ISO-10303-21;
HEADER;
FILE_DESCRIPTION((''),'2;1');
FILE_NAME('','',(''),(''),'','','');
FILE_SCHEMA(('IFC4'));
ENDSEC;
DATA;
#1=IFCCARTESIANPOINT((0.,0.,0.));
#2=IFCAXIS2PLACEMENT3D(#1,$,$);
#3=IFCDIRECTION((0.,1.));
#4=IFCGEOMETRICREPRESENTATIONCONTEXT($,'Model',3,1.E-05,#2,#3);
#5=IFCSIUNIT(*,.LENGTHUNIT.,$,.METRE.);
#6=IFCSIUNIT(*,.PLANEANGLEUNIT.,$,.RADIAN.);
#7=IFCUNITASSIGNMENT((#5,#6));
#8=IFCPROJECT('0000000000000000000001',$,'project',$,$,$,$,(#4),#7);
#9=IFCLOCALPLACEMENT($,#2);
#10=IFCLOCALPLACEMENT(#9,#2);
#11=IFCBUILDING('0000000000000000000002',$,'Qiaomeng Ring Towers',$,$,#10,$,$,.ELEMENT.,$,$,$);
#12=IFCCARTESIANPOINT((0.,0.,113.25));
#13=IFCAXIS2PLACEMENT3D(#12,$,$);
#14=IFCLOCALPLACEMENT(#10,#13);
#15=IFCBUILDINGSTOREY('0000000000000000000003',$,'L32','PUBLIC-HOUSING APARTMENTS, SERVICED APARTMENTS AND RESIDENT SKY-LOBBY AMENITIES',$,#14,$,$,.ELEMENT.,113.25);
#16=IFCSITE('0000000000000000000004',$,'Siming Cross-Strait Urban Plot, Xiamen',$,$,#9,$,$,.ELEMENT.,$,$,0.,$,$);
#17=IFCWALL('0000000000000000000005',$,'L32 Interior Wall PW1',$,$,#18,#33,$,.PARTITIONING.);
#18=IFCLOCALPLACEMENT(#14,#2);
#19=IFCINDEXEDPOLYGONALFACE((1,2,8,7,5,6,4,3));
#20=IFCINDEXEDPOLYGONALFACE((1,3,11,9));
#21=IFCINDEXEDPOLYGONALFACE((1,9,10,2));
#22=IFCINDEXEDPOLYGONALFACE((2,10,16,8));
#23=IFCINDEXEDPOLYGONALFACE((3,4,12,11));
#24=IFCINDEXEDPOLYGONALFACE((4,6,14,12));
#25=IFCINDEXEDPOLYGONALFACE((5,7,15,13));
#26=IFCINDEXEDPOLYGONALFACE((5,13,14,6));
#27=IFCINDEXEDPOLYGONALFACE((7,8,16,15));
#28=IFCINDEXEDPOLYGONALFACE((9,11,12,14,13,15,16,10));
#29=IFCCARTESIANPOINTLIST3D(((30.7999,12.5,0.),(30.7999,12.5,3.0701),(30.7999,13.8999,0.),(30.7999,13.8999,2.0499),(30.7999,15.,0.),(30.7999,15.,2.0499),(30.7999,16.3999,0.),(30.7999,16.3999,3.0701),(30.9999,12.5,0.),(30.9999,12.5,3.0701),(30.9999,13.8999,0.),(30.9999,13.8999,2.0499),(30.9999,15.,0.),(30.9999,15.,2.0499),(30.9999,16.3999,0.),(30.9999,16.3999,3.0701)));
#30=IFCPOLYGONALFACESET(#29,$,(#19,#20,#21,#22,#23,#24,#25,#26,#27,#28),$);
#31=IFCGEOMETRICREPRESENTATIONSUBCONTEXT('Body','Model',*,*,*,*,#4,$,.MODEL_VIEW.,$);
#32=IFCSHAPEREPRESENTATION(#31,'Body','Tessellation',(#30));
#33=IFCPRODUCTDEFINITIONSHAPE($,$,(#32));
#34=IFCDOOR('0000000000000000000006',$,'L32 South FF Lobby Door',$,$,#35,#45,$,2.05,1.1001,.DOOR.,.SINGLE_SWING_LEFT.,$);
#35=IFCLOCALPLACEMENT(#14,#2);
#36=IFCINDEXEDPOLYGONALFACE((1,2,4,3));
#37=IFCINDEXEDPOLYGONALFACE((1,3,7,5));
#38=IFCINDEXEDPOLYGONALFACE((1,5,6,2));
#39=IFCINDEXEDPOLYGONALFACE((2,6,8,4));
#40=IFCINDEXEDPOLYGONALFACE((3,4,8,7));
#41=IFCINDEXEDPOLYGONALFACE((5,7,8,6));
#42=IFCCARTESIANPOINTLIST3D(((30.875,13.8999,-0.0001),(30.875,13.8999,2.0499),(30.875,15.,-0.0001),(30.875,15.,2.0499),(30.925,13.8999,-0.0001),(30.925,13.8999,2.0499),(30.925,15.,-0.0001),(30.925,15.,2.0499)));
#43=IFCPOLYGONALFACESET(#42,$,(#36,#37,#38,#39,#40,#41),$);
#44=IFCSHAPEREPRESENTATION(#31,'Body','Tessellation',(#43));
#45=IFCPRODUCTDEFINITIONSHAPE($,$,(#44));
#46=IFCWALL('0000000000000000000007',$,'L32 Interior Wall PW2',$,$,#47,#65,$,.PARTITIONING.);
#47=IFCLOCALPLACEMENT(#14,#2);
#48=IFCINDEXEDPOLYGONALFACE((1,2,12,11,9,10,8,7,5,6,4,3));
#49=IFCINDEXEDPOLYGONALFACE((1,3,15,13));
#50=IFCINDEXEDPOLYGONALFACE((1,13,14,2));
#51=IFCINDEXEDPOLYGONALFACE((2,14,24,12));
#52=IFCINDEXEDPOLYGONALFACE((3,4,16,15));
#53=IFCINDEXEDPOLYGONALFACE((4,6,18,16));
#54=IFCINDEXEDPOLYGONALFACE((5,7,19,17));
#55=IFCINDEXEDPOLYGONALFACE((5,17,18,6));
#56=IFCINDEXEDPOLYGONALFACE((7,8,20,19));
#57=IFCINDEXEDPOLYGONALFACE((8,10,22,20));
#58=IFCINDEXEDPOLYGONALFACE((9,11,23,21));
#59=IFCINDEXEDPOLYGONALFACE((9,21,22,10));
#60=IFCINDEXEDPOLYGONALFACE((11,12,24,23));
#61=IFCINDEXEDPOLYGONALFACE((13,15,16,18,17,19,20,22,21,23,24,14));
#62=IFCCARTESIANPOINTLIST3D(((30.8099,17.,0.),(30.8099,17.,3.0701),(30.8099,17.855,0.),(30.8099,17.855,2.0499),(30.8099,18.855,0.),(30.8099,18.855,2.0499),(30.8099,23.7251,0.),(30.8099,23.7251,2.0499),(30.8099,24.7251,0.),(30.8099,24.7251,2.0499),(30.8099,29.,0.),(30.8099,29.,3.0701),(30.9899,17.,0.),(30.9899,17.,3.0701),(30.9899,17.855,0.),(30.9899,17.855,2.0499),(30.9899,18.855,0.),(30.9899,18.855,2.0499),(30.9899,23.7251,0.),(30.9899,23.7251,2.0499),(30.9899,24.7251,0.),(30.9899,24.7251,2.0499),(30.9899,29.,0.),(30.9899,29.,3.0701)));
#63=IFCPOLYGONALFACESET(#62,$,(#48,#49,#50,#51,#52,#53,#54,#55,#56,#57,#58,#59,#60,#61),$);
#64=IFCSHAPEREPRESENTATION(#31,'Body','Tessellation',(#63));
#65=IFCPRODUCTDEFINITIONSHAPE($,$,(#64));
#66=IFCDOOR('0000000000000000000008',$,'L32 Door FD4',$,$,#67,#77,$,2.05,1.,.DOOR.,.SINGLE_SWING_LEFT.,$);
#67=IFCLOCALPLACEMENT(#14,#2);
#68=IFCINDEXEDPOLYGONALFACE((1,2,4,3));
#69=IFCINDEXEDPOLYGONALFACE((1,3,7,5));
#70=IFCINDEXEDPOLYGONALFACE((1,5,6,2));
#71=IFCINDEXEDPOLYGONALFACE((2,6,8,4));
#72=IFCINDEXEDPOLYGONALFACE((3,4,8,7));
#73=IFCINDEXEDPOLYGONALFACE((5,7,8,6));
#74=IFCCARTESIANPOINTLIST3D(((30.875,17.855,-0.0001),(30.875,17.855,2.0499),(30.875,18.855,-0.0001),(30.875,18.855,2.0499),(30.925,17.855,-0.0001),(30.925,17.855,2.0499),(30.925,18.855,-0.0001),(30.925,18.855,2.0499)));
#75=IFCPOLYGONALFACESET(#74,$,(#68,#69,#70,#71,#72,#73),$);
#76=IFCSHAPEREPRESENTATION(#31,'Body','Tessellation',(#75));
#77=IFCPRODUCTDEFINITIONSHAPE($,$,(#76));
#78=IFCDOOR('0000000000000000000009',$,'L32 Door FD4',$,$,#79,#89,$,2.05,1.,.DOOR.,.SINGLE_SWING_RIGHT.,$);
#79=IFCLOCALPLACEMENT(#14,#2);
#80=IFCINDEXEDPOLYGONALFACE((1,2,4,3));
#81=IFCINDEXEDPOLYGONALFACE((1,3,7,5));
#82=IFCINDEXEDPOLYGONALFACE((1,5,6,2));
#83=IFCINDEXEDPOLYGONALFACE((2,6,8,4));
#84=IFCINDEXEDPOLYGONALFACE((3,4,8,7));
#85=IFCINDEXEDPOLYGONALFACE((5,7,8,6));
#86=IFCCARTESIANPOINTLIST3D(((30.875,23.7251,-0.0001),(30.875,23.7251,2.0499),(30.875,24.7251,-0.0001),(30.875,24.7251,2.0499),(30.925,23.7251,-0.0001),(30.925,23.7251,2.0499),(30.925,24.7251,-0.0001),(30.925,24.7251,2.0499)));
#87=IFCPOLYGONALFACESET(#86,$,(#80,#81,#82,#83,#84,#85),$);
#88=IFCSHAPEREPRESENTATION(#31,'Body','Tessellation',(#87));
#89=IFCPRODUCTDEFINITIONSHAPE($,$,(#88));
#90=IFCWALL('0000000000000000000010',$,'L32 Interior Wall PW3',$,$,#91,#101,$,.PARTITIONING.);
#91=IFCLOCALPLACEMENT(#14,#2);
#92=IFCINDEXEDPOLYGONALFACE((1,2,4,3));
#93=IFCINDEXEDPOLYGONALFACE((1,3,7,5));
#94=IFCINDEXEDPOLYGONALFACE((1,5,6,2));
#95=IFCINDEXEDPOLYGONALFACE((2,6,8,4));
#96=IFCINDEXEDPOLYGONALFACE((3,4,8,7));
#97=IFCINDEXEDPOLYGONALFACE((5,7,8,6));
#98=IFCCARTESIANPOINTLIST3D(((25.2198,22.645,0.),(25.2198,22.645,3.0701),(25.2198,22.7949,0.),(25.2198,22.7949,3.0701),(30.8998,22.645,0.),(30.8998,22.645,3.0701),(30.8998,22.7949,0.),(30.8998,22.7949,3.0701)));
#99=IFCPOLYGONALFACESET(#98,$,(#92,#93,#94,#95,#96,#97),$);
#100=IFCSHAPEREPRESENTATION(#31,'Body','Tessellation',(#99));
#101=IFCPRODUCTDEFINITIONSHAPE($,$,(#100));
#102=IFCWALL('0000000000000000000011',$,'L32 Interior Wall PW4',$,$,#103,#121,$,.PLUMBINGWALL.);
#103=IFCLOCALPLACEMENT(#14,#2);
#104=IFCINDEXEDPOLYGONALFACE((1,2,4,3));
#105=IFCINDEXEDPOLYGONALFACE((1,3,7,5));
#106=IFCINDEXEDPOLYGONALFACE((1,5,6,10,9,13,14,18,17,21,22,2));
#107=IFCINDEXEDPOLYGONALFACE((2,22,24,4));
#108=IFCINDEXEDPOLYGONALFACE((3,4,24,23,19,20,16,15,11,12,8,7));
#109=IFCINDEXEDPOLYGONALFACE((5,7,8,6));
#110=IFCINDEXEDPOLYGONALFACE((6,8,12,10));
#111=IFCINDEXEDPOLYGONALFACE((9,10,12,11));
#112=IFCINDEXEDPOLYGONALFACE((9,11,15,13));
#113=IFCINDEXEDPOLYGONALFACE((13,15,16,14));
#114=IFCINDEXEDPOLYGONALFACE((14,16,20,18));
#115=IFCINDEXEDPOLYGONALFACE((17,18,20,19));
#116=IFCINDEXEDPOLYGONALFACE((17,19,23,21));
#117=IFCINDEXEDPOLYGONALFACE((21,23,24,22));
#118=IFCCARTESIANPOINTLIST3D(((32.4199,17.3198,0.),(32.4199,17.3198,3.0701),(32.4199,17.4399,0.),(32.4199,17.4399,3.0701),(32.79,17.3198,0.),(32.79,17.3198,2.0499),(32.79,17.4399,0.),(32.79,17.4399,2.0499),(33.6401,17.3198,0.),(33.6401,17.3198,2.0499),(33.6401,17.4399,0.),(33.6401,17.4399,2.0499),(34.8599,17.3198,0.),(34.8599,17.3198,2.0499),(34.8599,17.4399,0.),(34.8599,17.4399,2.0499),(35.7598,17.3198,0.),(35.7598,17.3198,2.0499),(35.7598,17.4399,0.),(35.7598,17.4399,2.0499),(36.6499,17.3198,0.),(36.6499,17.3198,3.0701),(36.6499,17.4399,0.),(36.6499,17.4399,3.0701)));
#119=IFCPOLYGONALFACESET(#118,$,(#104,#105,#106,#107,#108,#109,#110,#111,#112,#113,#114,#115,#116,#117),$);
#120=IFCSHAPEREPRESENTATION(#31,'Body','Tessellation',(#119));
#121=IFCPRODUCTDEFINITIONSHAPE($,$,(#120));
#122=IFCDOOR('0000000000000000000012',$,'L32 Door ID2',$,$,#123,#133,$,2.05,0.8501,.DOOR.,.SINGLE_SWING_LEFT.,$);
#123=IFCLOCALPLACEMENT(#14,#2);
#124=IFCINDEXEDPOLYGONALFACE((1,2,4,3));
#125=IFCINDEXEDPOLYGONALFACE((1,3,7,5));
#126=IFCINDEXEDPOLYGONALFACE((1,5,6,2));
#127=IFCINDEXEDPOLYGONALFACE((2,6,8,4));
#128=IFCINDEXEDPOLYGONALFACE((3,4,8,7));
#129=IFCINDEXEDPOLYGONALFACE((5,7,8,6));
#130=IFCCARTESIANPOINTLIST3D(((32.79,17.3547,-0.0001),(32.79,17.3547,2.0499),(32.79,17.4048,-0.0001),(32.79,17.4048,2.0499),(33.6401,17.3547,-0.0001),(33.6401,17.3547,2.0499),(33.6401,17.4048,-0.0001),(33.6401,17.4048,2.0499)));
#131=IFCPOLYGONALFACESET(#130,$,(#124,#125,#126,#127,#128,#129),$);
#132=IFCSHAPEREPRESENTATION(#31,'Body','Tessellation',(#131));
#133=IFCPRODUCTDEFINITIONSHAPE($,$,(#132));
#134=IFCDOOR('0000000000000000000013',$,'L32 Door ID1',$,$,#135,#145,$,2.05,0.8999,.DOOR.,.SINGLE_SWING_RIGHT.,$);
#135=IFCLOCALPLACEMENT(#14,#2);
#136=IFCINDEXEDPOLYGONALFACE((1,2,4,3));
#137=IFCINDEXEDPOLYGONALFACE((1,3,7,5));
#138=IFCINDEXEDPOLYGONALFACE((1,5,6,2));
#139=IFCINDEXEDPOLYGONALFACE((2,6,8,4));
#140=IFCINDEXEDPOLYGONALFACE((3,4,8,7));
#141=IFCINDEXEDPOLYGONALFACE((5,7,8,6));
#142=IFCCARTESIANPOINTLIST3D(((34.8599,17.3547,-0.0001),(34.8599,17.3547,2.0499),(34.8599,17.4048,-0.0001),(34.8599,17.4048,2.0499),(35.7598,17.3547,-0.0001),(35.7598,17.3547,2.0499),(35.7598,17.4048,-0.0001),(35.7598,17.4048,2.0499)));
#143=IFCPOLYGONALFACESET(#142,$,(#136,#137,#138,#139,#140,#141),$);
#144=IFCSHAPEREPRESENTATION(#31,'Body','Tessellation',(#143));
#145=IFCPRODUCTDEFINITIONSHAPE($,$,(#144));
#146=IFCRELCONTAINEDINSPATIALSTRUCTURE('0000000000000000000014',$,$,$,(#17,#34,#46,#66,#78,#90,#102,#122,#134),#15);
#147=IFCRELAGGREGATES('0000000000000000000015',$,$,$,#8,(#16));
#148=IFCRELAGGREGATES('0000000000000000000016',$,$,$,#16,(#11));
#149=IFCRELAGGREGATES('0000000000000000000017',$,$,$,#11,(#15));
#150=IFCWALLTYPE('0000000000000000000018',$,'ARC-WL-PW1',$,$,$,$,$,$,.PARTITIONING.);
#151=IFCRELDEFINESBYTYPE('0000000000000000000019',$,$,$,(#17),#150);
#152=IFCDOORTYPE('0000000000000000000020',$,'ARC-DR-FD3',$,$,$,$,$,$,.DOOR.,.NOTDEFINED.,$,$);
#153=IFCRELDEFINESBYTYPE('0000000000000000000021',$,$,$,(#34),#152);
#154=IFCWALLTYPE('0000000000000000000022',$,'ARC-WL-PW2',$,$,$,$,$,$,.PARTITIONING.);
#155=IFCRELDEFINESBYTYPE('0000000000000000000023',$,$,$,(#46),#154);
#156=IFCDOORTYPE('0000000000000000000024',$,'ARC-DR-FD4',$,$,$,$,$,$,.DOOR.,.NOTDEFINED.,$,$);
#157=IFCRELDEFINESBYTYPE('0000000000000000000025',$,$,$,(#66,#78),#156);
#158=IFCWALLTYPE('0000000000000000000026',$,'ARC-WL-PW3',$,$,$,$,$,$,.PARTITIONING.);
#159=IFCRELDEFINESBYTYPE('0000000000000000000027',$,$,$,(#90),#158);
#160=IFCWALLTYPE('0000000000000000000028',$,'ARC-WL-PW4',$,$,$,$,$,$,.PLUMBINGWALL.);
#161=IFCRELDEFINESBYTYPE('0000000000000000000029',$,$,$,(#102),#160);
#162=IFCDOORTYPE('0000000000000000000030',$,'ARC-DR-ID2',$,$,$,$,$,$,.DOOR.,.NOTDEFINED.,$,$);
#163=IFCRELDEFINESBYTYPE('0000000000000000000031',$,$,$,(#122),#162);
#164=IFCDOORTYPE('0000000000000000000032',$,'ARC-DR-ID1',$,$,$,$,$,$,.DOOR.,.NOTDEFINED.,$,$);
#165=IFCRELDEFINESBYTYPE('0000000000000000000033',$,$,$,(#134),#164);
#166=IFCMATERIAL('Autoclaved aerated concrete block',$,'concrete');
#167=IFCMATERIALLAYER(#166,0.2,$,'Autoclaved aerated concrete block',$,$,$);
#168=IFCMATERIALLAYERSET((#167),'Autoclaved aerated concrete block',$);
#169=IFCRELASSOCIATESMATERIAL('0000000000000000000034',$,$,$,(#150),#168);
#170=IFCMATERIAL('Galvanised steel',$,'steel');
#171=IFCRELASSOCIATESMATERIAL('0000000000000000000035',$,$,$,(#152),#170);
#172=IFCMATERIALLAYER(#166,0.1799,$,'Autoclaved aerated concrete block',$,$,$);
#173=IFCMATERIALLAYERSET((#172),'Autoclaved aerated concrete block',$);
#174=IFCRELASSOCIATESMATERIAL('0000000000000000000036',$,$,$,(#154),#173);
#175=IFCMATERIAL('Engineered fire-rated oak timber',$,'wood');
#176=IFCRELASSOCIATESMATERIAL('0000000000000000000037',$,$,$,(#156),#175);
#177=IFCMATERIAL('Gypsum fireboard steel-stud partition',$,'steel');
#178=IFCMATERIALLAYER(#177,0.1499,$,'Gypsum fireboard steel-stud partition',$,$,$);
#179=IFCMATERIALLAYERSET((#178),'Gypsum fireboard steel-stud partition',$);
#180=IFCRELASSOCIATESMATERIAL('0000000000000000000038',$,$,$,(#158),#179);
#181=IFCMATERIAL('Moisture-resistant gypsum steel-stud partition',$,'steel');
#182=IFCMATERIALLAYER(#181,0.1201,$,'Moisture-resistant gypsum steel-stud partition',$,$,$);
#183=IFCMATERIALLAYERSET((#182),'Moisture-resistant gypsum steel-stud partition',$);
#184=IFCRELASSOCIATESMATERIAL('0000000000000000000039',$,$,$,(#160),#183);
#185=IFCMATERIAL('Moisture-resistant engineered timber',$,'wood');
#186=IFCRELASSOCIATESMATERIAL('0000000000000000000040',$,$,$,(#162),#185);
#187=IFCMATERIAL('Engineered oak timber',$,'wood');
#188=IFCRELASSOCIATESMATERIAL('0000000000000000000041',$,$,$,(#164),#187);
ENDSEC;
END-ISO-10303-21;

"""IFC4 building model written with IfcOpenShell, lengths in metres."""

from ifc_helpers import new_model, si_unit, direction, frame, frame_2d, origin, place, context, subcontext, project, spatial, rectangle, extrude, source, transform, mapped, material, layer, layer_set, type_object, element, fill, save


model = new_model("IFC4")

# Units and contexts
model_context = context("Model", 3, precision=1e-05, world=origin(), true_north=direction((0.0, 1.0)))
body_context = subcontext(model_context, "Body", "Model", "MODEL_VIEW")
ifc_project = project(units=[si_unit("LENGTHUNIT", "METRE"), si_unit("PLANEANGLEUNIT", "RADIAN")], contexts=[model_context])

# Site, building, storey
site_placement = place(None, origin())
site = spatial("IfcSite", under=ifc_project, at=site_placement, Name="Siming Cross-Strait Urban Plot, Xiamen", CompositionType="ELEMENT", RefElevation=0.0)
building_placement = place(site_placement, origin())
building = spatial("IfcBuilding", under=site, at=building_placement, Name="Qiaomeng Ring Towers", CompositionType="ELEMENT")
storey_placement = place(building_placement, frame((0.0, 0.0, 113.25)))
storey = spatial("IfcBuildingStorey", under=building, at=storey_placement, Name="L32", Description="PUBLIC-HOUSING APARTMENTS, SERVICED APARTMENTS AND RESIDENT SKY-LOBBY AMENITIES", CompositionType="ELEMENT", Elevation=113.25)

# Shared definitions
ifc_material_1 = material(Name="Autoclaved aerated concrete block", Category="concrete")
ifc_layer_1 = layer(ifc_material_1, 0.2, Name="Autoclaved aerated concrete block")
ifc_layer_set_1 = layer_set([ifc_layer_1], Name="Autoclaved aerated concrete block")
wall_type_1 = type_object("IfcWallType", Name="ARC-WL-PW1", PredefinedType="PARTITIONING", material=ifc_layer_set_1)

# Wall, opening, door
wall_1_placement = place(storey_placement, frame((30.8999, 12.5, 0.0), z_axis=(0.0, 0.0, 1.0), x_axis=(0.0, 1.0, 0.0)))
wall_1 = element("IfcWall", 1, at=wall_1_placement, inside=storey, type_object=wall_type_1, Name="L32 Interior Wall PW1", PredefinedType="PARTITIONING", context=body_context, shape_type="SweptSolid", body=[
    extrude(rectangle(XDim=3.8999, YDim=0.2, at=frame_2d((1.95, 0.0))), origin(), (0.0, 0.0, 1.0), 3.0701),
])
opening_1_placement = place(wall_1_placement, frame((1.3999, 0.0, 0.0)))
opening_1 = element("IfcOpeningElement", 2, at=opening_1_placement, cuts=wall_1, PredefinedType="OPENING", context=body_context, shape_type="SweptSolid", body=[
    extrude(rectangle(XDim=1.1001, YDim=2.05, at=frame_2d((0.55, 1.0249))), frame((0.0, 0.1099, 0.0), z_axis=(0.0, -1.0, 0.0), x_axis=(1.0, 0.0, 0.0)), (0.0, 0.0, 1.0), 0.22),
])
ifc_material_2 = material(Name="Galvanised steel", Category="steel")
door_type_1 = type_object("IfcDoorType", Name="ARC-DR-FD3", OperationType="NOTDEFINED", PredefinedType="DOOR", material=ifc_material_2)
shared_shape_1 = source(origin(), body_context, "Body", "SweptSolid", [
    extrude(rectangle(XDim=1.1001, YDim=2.05, at=frame_2d((0.55, 1.0249))), frame((0.0, 0.0249, 0.0), z_axis=(0.0, -1.0, 0.0), x_axis=(1.0, 0.0, 0.0)), (0.0, 0.0, 1.0), 0.05),
])
door_1_placement = place(opening_1_placement, origin())
door_1 = element("IfcDoor", 3, at=door_1_placement, inside=storey, type_object=door_type_1, Name="L32 South FF Lobby Door", OperationType="SINGLE_SWING_LEFT", OverallHeight=2.05, OverallWidth=1.1001, PredefinedType="DOOR", context=body_context, shape_type="MappedRepresentation", body=[
    mapped(shared_shape_1, transform((0.0, 0.0, 0.0), x_axis=(1.0, 0.0, 0.0), y_axis=(0.0, 1.0, 0.0), z_axis=(0.0, 0.0, 1.0), scale=1.0)),
])
fill(opening_1, door_1)

# Wall, openings, doors
ifc_layer_2 = layer(ifc_material_1, 0.1799, Name="Autoclaved aerated concrete block")
ifc_layer_set_2 = layer_set([ifc_layer_2], Name="Autoclaved aerated concrete block")
wall_type_2 = type_object("IfcWallType", Name="ARC-WL-PW2", PredefinedType="PARTITIONING", material=ifc_layer_set_2)
wall_2_placement = place(storey_placement, frame((30.8999, 17.0, 0.0), z_axis=(0.0, 0.0, 1.0), x_axis=(0.0, 1.0, 0.0)))
wall_2 = element("IfcWall", 4, at=wall_2_placement, inside=storey, type_object=wall_type_2, Name="L32 Interior Wall PW2", PredefinedType="PARTITIONING", context=body_context, shape_type="SweptSolid", body=[
    extrude(rectangle(XDim=12.0, YDim=0.1799, at=frame_2d((6.0, 0.0))), origin(), (0.0, 0.0, 1.0), 3.0701),
])
opening_2_placement = place(wall_2_placement, frame((0.855, 0.0, 0.0)))
opening_2 = element("IfcOpeningElement", 5, at=opening_2_placement, cuts=wall_2, PredefinedType="OPENING", context=body_context, shape_type="SweptSolid", body=[
    extrude(rectangle(XDim=1.0, YDim=2.05, at=frame_2d((0.5, 1.0249))), frame((0.0, 0.0999, 0.0), z_axis=(0.0, -1.0, 0.0), x_axis=(1.0, 0.0, 0.0)), (0.0, 0.0, 1.0), 0.2),
])
opening_3_placement = place(wall_2_placement, frame((6.7251, 0.0, 0.0)))
opening_3 = element("IfcOpeningElement", 6, at=opening_3_placement, cuts=wall_2, PredefinedType="OPENING", context=body_context, shape_type="SweptSolid", body=[
    extrude(rectangle(XDim=1.0, YDim=2.05, at=frame_2d((0.5, 1.0249))), frame((0.0, 0.0999, 0.0), z_axis=(0.0, -1.0, 0.0), x_axis=(1.0, 0.0, 0.0)), (0.0, 0.0, 1.0), 0.2),
])
ifc_material_3 = material(Name="Engineered fire-rated oak timber", Category="wood")
door_type_2 = type_object("IfcDoorType", Name="ARC-DR-FD4", OperationType="NOTDEFINED", PredefinedType="DOOR", material=ifc_material_3)
shared_shape_2 = source(origin(), body_context, "Body", "SweptSolid", [
    extrude(rectangle(XDim=1.0, YDim=2.05, at=frame_2d((0.5, 1.0249))), frame((0.0, 0.0249, 0.0), z_axis=(0.0, -1.0, 0.0), x_axis=(1.0, 0.0, 0.0)), (0.0, 0.0, 1.0), 0.05),
])
door_2_placement = place(opening_2_placement, origin())
door_2 = element("IfcDoor", 7, at=door_2_placement, inside=storey, type_object=door_type_2, Name="L32 Door FD4", OperationType="SINGLE_SWING_LEFT", OverallHeight=2.05, OverallWidth=1.0, PredefinedType="DOOR", context=body_context, shape_type="MappedRepresentation", body=[
    mapped(shared_shape_2, transform((0.0, 0.0, 0.0), x_axis=(1.0, 0.0, 0.0), y_axis=(0.0, 1.0, 0.0), z_axis=(0.0, 0.0, 1.0), scale=1.0)),
])
fill(opening_2, door_2)
door_3_placement = place(opening_3_placement, origin())
door_3 = element("IfcDoor", 8, at=door_3_placement, inside=storey, type_object=door_type_2, Name="L32 Door FD4", OperationType="SINGLE_SWING_RIGHT", OverallHeight=2.05, OverallWidth=1.0, PredefinedType="DOOR", context=body_context, shape_type="MappedRepresentation", body=[
    mapped(shared_shape_2, transform((0.0, 0.0, 0.0), x_axis=(1.0, 0.0, 0.0), y_axis=(0.0, 1.0, 0.0), z_axis=(0.0, 0.0, 1.0), scale=1.0)),
])
fill(opening_3, door_3)

# Wall
ifc_material_4 = material(Name="Gypsum fireboard steel-stud partition", Category="steel")
ifc_layer_3 = layer(ifc_material_4, 0.1499, Name="Gypsum fireboard steel-stud partition")
ifc_layer_set_3 = layer_set([ifc_layer_3], Name="Gypsum fireboard steel-stud partition")
wall_type_3 = type_object("IfcWallType", Name="ARC-WL-PW3", PredefinedType="PARTITIONING", material=ifc_layer_set_3)
wall_3_placement = place(storey_placement, frame((25.22, 22.72, 0.0), z_axis=(0.0, 0.0, 1.0), x_axis=(1.0, 0.0, 0.0)))
element("IfcWall", 9, at=wall_3_placement, inside=storey, type_object=wall_type_3, Name="L32 Interior Wall PW3", PredefinedType="PARTITIONING", context=body_context, shape_type="SweptSolid", body=[
    extrude(rectangle(XDim=5.6799, YDim=0.1499, at=frame_2d((2.8398, 0.0))), origin(), (0.0, 0.0, 1.0), 3.0701),
])

# Wall, openings, doors
ifc_material_5 = material(Name="Moisture-resistant gypsum steel-stud partition", Category="steel")
ifc_layer_4 = layer(ifc_material_5, 0.1201, Name="Moisture-resistant gypsum steel-stud partition")
ifc_layer_set_4 = layer_set([ifc_layer_4], Name="Moisture-resistant gypsum steel-stud partition")
wall_type_4 = type_object("IfcWallType", Name="ARC-WL-PW4", PredefinedType="PLUMBINGWALL", material=ifc_layer_set_4)
wall_4_placement = place(storey_placement, frame((32.4199, 17.3799, 0.0), z_axis=(0.0, 0.0, 1.0), x_axis=(1.0, 0.0, 0.0)))
wall_4 = element("IfcWall", 10, at=wall_4_placement, inside=storey, type_object=wall_type_4, Name="L32 Interior Wall PW4", PredefinedType="PLUMBINGWALL", context=body_context, shape_type="SweptSolid", body=[
    extrude(rectangle(XDim=4.23, YDim=0.1201, at=frame_2d((2.115, 0.0))), origin(), (0.0, 0.0, 1.0), 3.0701),
])
opening_4_placement = place(wall_4_placement, frame((0.3701, 0.0, 0.0)))
opening_4 = element("IfcOpeningElement", 11, at=opening_4_placement, cuts=wall_4, PredefinedType="OPENING", context=body_context, shape_type="SweptSolid", body=[
    extrude(rectangle(XDim=0.8501, YDim=2.05, at=frame_2d((0.425, 1.0249))), frame((0.0, 0.0701, 0.0), z_axis=(0.0, -1.0, 0.0), x_axis=(1.0, 0.0, 0.0)), (0.0, 0.0, 1.0), 0.1401),
])
opening_5_placement = place(wall_4_placement, frame((2.4399, 0.0, 0.0)))
opening_5 = element("IfcOpeningElement", 12, at=opening_5_placement, cuts=wall_4, PredefinedType="OPENING", context=body_context, shape_type="SweptSolid", body=[
    extrude(rectangle(XDim=0.8999, YDim=2.05, at=frame_2d((0.45, 1.0249))), frame((0.0, 0.0701, 0.0), z_axis=(0.0, -1.0, 0.0), x_axis=(1.0, 0.0, 0.0)), (0.0, 0.0, 1.0), 0.1401),
])
ifc_material_6 = material(Name="Moisture-resistant engineered timber", Category="wood")
door_type_3 = type_object("IfcDoorType", Name="ARC-DR-ID2", OperationType="NOTDEFINED", PredefinedType="DOOR", material=ifc_material_6)
shared_shape_3 = source(origin(), body_context, "Body", "SweptSolid", [
    extrude(rectangle(XDim=0.8501, YDim=2.05, at=frame_2d((0.425, 1.0249))), frame((0.0, 0.0249, 0.0), z_axis=(0.0, -1.0, 0.0), x_axis=(1.0, 0.0, 0.0)), (0.0, 0.0, 1.0), 0.05),
])
door_4_placement = place(opening_4_placement, origin())
door_4 = element("IfcDoor", 13, at=door_4_placement, inside=storey, type_object=door_type_3, Name="L32 Door ID2", OperationType="SINGLE_SWING_LEFT", OverallHeight=2.05, OverallWidth=0.8501, PredefinedType="DOOR", context=body_context, shape_type="MappedRepresentation", body=[
    mapped(shared_shape_3, transform((0.0, 0.0, 0.0), x_axis=(1.0, 0.0, 0.0), y_axis=(0.0, 1.0, 0.0), z_axis=(0.0, 0.0, 1.0), scale=1.0)),
])
fill(opening_4, door_4)
ifc_material_7 = material(Name="Engineered oak timber", Category="wood")
door_type_4 = type_object("IfcDoorType", Name="ARC-DR-ID1", OperationType="NOTDEFINED", PredefinedType="DOOR", material=ifc_material_7)
shared_shape_4 = source(origin(), body_context, "Body", "SweptSolid", [
    extrude(rectangle(XDim=0.8999, YDim=2.05, at=frame_2d((0.45, 1.0249))), frame((0.0, 0.0249, 0.0), z_axis=(0.0, -1.0, 0.0), x_axis=(1.0, 0.0, 0.0)), (0.0, 0.0, 1.0), 0.05),
])
door_5_placement = place(opening_5_placement, origin())
door_5 = element("IfcDoor", 14, at=door_5_placement, inside=storey, type_object=door_type_4, Name="L32 Door ID1", OperationType="SINGLE_SWING_RIGHT", OverallHeight=2.05, OverallWidth=0.8999, PredefinedType="DOOR", context=body_context, shape_type="MappedRepresentation", body=[
    mapped(shared_shape_4, transform((0.0, 0.0, 0.0), x_axis=(1.0, 0.0, 0.0), y_axis=(0.0, 1.0, 0.0), z_axis=(0.0, 0.0, 1.0), scale=1.0)),
])
fill(opening_5, door_5)

save(model, "model.ifc")
